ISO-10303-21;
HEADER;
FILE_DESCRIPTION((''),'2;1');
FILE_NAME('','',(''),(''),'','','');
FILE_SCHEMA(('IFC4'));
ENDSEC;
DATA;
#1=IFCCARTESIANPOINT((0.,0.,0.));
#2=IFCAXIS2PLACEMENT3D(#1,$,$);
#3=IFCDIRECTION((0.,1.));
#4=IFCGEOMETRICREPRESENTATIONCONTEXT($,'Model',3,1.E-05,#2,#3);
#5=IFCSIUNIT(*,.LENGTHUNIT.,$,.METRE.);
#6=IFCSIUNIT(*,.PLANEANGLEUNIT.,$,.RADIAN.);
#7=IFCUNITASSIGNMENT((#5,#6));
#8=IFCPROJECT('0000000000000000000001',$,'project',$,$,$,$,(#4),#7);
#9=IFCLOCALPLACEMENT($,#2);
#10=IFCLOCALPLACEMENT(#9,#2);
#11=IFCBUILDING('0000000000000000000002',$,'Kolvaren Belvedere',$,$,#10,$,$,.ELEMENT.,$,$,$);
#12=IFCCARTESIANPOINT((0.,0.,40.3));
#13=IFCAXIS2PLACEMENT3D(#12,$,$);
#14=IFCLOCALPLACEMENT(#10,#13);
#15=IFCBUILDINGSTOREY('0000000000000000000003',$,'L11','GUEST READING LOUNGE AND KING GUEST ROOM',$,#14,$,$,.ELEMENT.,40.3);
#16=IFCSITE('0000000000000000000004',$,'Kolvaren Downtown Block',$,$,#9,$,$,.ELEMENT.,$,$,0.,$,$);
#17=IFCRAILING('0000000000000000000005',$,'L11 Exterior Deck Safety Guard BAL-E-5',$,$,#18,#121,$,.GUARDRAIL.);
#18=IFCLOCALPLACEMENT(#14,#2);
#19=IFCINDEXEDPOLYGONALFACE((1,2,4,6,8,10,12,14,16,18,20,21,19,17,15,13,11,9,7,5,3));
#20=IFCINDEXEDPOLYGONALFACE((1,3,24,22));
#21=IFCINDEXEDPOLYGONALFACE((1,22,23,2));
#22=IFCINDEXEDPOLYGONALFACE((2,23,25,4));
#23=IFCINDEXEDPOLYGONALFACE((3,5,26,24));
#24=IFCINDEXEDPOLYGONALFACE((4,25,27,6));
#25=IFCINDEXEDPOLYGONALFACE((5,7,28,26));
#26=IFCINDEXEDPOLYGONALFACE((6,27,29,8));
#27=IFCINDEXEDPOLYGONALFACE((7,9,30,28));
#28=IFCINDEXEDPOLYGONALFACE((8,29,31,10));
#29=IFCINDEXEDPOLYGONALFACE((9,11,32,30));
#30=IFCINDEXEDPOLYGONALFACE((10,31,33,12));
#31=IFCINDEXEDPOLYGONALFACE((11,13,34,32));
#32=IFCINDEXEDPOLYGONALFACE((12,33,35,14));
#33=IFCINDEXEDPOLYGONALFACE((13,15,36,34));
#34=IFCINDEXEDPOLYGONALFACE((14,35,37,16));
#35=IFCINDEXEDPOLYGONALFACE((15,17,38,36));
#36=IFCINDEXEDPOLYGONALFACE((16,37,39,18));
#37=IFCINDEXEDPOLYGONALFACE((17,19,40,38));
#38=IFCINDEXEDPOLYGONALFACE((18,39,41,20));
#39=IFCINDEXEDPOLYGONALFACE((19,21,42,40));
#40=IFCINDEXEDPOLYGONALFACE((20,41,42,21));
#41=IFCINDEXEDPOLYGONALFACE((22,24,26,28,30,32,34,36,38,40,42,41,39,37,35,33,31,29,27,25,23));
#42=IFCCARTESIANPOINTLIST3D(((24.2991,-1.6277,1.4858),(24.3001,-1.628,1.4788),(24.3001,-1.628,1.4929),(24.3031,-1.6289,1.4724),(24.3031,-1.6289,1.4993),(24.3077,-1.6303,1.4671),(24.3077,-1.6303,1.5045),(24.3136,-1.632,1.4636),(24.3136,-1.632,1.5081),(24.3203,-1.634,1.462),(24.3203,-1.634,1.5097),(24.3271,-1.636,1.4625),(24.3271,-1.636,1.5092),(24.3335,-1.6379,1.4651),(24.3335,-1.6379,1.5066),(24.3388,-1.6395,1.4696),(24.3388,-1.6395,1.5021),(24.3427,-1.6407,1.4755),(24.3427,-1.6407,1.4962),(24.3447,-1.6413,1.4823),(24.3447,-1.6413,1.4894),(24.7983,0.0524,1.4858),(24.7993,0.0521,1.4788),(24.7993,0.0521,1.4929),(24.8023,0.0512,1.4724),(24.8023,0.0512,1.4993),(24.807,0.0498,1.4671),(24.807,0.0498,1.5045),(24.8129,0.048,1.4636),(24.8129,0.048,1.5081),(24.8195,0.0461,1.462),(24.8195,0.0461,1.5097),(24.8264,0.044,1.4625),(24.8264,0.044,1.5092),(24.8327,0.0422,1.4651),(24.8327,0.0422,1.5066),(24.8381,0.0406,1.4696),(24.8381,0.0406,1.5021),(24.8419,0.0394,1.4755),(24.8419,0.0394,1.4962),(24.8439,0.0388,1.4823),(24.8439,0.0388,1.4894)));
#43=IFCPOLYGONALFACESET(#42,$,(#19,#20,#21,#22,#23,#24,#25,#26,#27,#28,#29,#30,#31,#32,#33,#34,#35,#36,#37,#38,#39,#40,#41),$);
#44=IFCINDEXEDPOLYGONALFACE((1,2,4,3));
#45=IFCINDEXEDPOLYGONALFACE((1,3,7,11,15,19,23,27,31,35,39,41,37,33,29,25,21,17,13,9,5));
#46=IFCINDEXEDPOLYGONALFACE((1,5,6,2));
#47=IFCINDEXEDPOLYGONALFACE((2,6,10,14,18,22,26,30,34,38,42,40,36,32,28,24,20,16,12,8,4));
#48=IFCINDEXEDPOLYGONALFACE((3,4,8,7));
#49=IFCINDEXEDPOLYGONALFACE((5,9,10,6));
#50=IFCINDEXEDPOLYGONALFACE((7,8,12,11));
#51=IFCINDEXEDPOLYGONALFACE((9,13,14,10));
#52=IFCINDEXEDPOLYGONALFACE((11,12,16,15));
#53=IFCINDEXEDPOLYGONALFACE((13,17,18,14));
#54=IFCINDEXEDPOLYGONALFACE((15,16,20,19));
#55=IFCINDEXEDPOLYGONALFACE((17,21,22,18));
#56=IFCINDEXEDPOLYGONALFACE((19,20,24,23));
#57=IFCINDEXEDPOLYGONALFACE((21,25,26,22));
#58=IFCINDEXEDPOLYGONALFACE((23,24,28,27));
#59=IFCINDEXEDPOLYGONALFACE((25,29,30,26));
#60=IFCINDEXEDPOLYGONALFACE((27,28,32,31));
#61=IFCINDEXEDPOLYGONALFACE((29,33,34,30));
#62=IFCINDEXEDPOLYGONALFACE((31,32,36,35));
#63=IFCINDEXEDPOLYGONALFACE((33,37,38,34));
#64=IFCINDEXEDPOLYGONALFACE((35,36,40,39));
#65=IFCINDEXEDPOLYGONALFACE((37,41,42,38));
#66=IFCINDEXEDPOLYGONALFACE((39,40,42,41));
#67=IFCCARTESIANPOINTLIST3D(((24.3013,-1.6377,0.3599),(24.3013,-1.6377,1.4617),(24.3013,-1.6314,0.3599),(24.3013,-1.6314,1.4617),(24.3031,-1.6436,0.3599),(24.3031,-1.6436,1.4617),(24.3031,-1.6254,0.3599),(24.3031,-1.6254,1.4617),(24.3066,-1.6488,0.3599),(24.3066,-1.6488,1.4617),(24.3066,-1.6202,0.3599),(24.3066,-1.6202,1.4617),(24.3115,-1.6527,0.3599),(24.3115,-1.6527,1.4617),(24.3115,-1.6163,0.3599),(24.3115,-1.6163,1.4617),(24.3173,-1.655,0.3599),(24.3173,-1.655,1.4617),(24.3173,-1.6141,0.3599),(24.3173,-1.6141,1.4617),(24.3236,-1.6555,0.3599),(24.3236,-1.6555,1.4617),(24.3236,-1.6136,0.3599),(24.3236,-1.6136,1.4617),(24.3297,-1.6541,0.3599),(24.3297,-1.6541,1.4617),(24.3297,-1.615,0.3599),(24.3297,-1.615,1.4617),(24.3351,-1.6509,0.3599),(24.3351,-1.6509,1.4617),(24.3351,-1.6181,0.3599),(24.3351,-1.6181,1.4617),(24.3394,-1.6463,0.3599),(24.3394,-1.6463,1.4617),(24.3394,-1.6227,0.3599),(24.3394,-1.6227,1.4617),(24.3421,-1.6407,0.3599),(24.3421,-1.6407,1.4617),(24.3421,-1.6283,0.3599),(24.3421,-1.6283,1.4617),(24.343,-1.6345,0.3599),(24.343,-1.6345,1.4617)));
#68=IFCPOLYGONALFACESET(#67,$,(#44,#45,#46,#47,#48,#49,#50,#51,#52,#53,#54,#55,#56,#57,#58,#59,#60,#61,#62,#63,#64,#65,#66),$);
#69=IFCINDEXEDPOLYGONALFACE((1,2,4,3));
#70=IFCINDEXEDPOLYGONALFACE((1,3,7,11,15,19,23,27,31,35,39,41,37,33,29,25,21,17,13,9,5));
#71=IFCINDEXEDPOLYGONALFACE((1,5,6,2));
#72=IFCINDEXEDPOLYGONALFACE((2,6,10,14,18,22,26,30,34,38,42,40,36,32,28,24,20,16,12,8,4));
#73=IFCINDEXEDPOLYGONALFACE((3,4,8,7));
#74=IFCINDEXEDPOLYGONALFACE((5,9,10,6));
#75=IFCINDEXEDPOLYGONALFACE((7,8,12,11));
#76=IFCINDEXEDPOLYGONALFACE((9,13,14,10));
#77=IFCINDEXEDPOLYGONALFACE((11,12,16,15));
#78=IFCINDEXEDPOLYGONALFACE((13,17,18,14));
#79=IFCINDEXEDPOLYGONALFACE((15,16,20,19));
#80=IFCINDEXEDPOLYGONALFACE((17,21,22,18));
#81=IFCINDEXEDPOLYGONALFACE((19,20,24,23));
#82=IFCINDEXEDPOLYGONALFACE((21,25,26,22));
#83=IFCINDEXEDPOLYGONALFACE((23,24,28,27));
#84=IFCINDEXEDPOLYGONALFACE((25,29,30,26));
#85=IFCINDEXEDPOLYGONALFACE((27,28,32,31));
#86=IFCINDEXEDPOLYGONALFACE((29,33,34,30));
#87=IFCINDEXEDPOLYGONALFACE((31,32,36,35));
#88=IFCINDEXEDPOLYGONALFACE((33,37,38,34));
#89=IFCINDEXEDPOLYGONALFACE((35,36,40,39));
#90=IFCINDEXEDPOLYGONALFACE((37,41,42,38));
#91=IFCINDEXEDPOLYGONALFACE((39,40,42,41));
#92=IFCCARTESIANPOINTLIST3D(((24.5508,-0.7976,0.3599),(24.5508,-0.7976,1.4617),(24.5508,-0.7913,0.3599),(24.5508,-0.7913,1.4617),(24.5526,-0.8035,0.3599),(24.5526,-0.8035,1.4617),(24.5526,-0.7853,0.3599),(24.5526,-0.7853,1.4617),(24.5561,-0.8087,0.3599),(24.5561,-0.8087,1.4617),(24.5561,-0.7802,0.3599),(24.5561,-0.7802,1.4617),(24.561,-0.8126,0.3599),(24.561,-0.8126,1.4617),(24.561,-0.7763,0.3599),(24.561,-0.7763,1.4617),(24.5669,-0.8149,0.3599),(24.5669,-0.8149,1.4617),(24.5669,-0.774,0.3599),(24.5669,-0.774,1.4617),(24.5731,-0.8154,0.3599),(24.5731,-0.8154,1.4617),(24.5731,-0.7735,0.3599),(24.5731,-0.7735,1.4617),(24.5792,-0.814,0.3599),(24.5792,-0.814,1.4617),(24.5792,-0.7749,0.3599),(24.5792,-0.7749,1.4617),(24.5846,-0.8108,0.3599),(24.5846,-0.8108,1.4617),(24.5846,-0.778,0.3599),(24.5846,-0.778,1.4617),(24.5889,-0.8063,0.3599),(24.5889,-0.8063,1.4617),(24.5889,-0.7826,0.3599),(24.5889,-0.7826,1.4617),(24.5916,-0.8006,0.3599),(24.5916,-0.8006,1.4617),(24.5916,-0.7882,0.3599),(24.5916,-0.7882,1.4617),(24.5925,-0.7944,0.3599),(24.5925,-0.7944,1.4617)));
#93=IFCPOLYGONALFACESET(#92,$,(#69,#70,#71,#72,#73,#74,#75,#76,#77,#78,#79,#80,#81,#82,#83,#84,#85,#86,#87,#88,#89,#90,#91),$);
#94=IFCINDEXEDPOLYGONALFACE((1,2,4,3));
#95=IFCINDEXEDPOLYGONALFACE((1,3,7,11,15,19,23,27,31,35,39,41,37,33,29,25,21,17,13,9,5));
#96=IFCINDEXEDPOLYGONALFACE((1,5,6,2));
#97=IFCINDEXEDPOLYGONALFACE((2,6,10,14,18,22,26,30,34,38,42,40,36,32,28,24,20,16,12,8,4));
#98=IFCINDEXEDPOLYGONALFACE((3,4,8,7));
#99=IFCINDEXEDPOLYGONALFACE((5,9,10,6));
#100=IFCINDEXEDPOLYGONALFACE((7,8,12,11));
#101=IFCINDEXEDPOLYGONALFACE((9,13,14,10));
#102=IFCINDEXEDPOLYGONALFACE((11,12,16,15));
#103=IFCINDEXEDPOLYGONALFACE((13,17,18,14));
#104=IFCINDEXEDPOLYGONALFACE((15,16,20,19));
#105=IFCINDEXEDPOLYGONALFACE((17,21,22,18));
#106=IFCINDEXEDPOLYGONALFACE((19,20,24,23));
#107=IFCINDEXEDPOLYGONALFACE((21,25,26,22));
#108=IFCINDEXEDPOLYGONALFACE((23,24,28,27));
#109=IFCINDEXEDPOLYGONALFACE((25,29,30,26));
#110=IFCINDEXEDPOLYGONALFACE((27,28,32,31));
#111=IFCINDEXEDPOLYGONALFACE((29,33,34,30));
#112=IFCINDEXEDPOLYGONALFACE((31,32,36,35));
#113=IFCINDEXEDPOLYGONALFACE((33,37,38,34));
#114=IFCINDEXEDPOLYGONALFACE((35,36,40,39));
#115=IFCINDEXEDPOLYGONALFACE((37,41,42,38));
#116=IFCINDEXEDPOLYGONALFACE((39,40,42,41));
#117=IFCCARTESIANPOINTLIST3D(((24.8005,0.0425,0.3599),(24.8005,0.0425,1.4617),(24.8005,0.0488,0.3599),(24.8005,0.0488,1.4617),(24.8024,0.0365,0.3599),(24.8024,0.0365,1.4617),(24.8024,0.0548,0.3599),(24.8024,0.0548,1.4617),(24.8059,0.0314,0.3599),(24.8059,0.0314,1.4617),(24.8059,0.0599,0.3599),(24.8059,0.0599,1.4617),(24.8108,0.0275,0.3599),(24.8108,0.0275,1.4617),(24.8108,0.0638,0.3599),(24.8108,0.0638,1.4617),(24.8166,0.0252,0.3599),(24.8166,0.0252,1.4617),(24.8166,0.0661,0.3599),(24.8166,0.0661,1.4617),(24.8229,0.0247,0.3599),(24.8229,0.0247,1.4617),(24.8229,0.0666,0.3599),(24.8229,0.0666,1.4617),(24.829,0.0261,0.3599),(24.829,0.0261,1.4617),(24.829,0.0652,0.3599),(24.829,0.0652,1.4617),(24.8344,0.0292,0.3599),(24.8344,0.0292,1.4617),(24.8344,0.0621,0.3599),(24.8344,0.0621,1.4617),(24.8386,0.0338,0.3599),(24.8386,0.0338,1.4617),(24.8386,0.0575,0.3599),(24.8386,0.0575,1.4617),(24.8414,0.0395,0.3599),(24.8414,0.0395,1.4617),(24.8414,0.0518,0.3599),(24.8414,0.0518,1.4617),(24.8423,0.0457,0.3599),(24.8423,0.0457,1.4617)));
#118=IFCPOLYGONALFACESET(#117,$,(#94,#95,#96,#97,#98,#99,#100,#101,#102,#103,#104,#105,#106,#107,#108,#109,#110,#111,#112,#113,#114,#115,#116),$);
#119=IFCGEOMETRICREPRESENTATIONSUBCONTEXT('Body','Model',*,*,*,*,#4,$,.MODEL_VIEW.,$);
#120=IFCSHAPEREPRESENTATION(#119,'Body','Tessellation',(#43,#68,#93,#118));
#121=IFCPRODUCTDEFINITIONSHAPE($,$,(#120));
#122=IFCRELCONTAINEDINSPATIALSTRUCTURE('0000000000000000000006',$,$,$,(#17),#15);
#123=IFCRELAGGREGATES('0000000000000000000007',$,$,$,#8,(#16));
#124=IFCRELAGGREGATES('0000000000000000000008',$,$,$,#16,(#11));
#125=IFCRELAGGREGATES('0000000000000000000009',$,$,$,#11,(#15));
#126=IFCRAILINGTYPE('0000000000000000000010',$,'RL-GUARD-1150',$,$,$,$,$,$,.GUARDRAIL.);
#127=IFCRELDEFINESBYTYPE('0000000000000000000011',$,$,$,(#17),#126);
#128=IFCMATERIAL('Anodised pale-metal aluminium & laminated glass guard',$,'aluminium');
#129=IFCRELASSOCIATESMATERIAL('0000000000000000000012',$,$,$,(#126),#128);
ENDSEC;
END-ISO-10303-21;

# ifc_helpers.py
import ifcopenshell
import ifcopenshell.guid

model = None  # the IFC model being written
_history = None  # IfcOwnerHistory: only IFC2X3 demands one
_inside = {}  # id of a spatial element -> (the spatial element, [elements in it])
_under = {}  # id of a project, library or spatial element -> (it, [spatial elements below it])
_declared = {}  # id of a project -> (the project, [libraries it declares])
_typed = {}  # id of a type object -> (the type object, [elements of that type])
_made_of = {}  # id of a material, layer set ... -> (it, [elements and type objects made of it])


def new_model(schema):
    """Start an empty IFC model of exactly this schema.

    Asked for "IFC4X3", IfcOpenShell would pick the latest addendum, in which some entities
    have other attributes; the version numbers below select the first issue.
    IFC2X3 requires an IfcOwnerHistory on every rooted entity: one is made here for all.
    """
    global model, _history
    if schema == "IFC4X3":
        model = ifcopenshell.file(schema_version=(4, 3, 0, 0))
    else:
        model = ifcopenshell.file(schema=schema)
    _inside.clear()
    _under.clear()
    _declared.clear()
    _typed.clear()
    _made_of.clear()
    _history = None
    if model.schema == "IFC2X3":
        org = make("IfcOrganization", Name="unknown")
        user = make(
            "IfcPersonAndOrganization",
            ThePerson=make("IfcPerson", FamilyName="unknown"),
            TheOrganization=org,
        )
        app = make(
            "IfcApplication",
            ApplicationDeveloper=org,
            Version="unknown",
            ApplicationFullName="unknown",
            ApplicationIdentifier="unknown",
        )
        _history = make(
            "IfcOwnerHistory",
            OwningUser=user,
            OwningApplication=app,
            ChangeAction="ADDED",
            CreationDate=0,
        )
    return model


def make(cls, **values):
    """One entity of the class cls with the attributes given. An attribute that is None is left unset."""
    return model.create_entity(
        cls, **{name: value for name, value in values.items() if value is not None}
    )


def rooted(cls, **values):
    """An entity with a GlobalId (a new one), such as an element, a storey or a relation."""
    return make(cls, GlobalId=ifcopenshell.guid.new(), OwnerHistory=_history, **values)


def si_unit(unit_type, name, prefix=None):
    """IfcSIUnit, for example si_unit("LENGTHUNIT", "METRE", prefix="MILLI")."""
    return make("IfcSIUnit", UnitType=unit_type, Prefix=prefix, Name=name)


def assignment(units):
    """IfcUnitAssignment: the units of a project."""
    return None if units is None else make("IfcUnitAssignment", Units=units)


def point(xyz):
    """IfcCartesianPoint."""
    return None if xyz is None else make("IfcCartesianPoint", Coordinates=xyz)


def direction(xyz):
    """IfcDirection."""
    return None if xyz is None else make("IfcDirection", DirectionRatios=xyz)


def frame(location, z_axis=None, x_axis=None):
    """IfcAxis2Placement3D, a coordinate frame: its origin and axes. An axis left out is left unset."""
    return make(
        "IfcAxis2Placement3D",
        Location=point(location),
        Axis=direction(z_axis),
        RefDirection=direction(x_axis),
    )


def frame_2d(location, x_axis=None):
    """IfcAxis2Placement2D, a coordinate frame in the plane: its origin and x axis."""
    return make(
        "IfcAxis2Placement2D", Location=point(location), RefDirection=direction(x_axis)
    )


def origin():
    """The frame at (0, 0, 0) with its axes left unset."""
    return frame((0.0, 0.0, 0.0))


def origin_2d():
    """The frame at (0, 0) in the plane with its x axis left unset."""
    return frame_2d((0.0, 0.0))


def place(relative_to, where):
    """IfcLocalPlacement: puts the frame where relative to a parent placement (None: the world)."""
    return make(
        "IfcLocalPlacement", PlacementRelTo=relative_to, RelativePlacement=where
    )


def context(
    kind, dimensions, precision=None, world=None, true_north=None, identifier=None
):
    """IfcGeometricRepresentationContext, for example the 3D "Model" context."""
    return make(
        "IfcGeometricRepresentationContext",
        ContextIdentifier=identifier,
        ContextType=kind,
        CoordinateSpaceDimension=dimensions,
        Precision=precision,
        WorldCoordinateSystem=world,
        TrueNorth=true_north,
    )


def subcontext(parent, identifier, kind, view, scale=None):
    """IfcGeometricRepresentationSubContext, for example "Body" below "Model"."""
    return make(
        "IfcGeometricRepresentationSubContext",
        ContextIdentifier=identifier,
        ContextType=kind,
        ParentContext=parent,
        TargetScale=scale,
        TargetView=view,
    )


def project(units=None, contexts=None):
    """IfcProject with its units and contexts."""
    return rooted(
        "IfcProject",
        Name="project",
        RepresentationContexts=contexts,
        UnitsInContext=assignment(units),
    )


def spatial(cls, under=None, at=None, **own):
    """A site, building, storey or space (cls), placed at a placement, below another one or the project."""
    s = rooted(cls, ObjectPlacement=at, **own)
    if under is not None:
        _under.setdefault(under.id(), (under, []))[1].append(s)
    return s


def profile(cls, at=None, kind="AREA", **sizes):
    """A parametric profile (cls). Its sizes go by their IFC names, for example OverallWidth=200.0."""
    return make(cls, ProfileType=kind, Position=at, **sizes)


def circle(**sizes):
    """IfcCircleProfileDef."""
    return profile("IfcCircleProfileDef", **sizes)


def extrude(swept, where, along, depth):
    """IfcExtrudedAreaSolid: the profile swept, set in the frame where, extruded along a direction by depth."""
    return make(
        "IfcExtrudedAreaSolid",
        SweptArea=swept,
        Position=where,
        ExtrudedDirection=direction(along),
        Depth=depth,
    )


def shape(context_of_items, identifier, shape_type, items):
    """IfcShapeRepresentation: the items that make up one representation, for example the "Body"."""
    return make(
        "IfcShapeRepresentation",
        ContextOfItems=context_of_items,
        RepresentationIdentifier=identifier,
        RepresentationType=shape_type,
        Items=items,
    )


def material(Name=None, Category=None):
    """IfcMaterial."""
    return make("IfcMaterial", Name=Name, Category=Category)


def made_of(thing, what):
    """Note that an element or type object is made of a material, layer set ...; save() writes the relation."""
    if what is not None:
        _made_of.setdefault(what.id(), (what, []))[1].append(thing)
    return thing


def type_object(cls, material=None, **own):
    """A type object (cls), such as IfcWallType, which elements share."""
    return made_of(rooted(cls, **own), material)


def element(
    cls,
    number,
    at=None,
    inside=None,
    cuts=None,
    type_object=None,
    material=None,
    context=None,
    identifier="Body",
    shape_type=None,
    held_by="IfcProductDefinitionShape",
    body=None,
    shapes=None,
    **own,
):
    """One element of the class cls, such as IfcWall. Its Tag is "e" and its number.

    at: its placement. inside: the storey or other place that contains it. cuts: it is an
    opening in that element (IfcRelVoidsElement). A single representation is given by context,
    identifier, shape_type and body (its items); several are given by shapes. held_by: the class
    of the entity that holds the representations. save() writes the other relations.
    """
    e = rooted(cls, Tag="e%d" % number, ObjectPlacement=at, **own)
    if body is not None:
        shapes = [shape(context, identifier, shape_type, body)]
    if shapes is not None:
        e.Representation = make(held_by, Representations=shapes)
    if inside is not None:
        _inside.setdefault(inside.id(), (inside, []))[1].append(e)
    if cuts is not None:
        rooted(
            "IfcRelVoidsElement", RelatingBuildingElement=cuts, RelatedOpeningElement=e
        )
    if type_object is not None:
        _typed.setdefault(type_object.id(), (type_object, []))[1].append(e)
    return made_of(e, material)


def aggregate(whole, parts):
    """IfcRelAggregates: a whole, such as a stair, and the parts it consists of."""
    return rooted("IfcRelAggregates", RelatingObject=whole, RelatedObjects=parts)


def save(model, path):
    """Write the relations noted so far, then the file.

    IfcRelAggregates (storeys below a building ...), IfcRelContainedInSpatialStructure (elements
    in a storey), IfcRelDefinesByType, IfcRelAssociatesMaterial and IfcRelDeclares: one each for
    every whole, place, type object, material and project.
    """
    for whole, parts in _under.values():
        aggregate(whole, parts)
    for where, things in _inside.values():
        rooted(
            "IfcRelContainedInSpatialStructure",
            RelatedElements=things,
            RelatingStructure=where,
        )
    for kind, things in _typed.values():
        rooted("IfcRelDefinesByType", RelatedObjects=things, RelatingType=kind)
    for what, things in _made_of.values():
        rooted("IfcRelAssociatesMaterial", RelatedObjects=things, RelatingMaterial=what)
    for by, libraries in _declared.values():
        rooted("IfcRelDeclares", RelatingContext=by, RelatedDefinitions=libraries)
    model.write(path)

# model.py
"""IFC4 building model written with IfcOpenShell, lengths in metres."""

from ifc_helpers import new_model, si_unit, direction, frame, origin, origin_2d, place, context, subcontext, project, spatial, circle, extrude, material, type_object, element, save


model = new_model("IFC4")

# Units and contexts
model_context = context("Model", 3, precision=1e-05, world=origin(), true_north=direction((0.0, 1.0)))
body_context = subcontext(model_context, "Body", "Model", "MODEL_VIEW")
ifc_project = project(units=[si_unit("LENGTHUNIT", "METRE"), si_unit("PLANEANGLEUNIT", "RADIAN")], contexts=[model_context])

# Site, building, storey
site_placement = place(None, origin())
site = spatial("IfcSite", under=ifc_project, at=site_placement, Name="Kolvaren Downtown Block", CompositionType="ELEMENT", RefElevation=0.0)
building_placement = place(site_placement, origin())
building = spatial("IfcBuilding", under=site, at=building_placement, Name="Kolvaren Belvedere", CompositionType="ELEMENT")
storey_placement = place(building_placement, frame((0.0, 0.0, 40.3)))
storey = spatial("IfcBuildingStorey", under=building, at=storey_placement, Name="L11", Description="GUEST READING LOUNGE AND KING GUEST ROOM", CompositionType="ELEMENT", Elevation=40.3)

# Railing
ifc_material_1 = material(Name="Anodised pale-metal aluminium & laminated glass guard", Category="aluminium")
railing_type = type_object("IfcRailingType", Name="RL-GUARD-1150", PredefinedType="GUARDRAIL", material=ifc_material_1)
railing_1_placement = place(storey_placement, frame((24.322, -1.6345, 0.3599)))
element("IfcRailing", 1, at=railing_1_placement, inside=storey, type_object=railing_type, Name="L11 Exterior Deck Safety Guard BAL-E-5", PredefinedType="GUARDRAIL", context=body_context, shape_type="SweptSolid", body=[
    extrude(circle(Radius=0.0239, at=origin_2d()), frame((0.0, 0.0, 1.126), z_axis=(0.284842, 0.958574, 0.0), x_axis=(-0.958574, 0.284842, 0.0)), (0.0, 0.0, 1.0), 1.7527),
    extrude(circle(Radius=0.021, at=origin_2d()), origin(), (0.0, 0.0, 1.0), 1.1018),
    extrude(circle(Radius=0.021, at=origin_2d()), frame((0.2495, 0.8401, 0.0)), (0.0, 0.0, 1.0), 1.1018),
    extrude(circle(Radius=0.021, at=origin_2d()), frame((0.4993, 1.6802, 0.0)), (0.0, 0.0, 1.0), 1.1018),
])

save(model, "model.ifc")
